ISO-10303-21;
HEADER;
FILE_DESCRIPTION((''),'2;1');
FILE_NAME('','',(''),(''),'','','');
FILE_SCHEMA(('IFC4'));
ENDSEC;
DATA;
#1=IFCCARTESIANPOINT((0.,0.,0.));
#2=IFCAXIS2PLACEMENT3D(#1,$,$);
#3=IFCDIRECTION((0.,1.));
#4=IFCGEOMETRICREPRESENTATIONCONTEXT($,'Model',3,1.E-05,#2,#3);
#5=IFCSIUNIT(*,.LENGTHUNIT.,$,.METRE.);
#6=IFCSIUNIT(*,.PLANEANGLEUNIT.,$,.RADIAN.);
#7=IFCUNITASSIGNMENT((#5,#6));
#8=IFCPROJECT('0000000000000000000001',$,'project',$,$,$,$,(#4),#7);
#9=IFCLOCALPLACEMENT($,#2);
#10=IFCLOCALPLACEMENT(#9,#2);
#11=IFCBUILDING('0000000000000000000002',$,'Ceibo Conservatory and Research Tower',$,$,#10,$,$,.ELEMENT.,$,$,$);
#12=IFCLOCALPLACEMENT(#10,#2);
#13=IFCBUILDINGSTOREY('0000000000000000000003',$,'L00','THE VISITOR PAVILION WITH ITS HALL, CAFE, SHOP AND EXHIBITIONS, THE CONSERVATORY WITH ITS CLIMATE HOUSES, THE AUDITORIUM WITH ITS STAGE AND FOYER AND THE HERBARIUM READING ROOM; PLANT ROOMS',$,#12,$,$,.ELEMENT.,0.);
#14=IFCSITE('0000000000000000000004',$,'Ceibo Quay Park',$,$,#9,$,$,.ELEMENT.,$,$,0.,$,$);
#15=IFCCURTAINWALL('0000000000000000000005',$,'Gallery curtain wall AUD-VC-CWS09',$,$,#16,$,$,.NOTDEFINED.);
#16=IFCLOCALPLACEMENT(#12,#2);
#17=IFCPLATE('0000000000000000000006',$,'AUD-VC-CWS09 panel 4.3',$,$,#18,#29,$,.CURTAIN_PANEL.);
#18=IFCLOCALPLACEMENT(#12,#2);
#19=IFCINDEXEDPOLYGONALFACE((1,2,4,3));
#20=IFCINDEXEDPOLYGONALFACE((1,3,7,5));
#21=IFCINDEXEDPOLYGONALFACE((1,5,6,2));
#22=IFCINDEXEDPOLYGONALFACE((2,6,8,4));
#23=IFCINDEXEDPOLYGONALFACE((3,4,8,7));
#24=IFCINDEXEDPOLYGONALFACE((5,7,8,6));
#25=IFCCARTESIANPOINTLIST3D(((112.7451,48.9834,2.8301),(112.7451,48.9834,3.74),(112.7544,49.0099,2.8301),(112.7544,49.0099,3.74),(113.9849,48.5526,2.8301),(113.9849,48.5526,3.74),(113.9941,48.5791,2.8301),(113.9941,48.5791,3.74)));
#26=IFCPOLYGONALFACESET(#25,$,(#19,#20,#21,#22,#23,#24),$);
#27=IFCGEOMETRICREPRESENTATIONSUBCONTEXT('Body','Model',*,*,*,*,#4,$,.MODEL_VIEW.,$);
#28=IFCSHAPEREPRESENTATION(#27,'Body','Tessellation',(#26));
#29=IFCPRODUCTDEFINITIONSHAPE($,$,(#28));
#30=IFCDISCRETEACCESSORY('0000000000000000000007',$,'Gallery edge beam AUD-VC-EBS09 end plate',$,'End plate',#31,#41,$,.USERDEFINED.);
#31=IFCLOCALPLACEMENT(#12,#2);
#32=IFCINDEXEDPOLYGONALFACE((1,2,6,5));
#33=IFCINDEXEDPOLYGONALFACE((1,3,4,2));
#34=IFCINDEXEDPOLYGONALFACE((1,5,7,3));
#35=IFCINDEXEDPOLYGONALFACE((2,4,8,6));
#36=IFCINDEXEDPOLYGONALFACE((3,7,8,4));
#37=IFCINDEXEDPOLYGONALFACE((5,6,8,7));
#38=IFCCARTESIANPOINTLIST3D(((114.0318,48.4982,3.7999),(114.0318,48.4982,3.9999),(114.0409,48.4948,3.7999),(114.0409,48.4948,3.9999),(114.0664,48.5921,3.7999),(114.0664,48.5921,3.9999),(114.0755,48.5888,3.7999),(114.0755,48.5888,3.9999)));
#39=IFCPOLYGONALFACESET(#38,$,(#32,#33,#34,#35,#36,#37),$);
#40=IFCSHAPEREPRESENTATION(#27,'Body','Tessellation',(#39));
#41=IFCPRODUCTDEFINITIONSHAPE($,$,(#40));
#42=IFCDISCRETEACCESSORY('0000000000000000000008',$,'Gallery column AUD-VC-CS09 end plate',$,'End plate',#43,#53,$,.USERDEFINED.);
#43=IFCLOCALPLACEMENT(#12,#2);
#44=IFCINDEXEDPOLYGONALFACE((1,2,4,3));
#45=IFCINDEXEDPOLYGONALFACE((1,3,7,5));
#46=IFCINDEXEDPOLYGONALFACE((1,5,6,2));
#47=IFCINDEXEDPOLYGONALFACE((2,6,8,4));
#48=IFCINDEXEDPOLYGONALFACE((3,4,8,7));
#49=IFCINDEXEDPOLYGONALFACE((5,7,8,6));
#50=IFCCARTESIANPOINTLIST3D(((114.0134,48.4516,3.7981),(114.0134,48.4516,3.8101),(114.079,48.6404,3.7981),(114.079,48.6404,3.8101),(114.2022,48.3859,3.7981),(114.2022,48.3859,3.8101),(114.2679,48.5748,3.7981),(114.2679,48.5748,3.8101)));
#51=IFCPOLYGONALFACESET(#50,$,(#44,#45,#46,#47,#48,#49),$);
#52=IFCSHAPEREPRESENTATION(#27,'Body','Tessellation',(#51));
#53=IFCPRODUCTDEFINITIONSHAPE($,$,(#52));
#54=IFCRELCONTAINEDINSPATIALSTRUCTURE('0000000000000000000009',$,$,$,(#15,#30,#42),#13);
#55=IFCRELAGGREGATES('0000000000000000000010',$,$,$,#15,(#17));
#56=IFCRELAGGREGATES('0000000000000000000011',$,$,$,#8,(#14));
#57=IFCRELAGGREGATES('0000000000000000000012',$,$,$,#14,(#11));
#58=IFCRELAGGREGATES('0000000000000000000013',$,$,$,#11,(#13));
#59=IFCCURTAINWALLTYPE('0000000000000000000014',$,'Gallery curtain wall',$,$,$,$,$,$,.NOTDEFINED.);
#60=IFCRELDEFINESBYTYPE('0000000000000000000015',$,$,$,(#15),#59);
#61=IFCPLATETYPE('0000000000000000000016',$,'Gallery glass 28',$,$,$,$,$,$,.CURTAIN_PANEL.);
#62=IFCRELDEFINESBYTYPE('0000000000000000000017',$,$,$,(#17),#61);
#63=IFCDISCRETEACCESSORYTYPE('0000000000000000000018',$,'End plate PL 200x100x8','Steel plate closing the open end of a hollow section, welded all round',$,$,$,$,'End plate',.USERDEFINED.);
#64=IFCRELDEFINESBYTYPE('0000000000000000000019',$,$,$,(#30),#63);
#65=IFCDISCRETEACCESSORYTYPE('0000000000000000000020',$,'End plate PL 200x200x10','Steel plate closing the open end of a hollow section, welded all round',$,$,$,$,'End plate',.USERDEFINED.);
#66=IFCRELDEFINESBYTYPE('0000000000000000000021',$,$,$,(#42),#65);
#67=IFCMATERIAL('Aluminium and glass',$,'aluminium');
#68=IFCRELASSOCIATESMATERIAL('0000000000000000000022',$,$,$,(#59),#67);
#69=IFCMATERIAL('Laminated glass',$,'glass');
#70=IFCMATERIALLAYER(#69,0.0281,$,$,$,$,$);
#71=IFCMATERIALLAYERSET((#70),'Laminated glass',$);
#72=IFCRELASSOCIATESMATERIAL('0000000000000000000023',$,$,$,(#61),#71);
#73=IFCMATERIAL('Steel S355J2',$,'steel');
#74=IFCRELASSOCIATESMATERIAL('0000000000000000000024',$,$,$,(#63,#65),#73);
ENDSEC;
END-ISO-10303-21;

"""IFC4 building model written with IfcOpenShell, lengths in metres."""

from ifc_helpers import new_model, si_unit, direction, frame, origin, origin_2d, place, context, subcontext, project, spatial, rectangle, extrude, material, layer, layer_set, material_profile, profile_set, type_object, element, aggregate, save


model = new_model("IFC4")

# Units and contexts
model_context = context("Model", 3, precision=1e-05, world=origin(), true_north=direction((0.0, 1.0)))
body_context = subcontext(model_context, "Body", "Model", "MODEL_VIEW")
ifc_project = project(units=[si_unit("LENGTHUNIT", "METRE"), si_unit("PLANEANGLEUNIT", "RADIAN")], contexts=[model_context])

# Site, building, storey
site_placement = place(None, origin())
site = spatial("IfcSite", under=ifc_project, at=site_placement, Name="Ceibo Quay Park", CompositionType="ELEMENT", RefElevation=0.0)
building_placement = place(site_placement, origin())
building = spatial("IfcBuilding", under=site, at=building_placement, Name="Ceibo Conservatory and Research Tower", CompositionType="ELEMENT")
storey_placement = place(building_placement, origin())
storey = spatial("IfcBuildingStorey", under=building, at=storey_placement, Name="L00", Description="THE VISITOR PAVILION WITH ITS HALL, CAFE, SHOP AND EXHIBITIONS, THE CONSERVATORY WITH ITS CLIMATE HOUSES, THE AUDITORIUM WITH ITS STAGE AND FOYER AND THE HERBARIUM READING ROOM; PLANT ROOMS", CompositionType="ELEMENT", Elevation=0.0)

# Curtain wall, plate
ifc_material_1 = material(Name="Aluminium and glass", Category="aluminium")
curtain_wall_type = type_object("IfcCurtainWallType", Name="Gallery curtain wall", PredefinedType="NOTDEFINED", material=ifc_material_1)
curtain_wall_placement = place(storey_placement, origin())
curtain_wall = element("IfcCurtainWall", 1, at=curtain_wall_placement, inside=storey, type_object=curtain_wall_type, Name="Gallery curtain wall AUD-VC-CWS09", PredefinedType="NOTDEFINED")
ifc_material_2 = material(Name="Laminated glass", Category="glass")
ifc_layer = layer(ifc_material_2, 0.0281)
ifc_layer_set = layer_set([ifc_layer], Name="Laminated glass")
plate_type = type_object("IfcPlateType", Name="Gallery glass 28", PredefinedType="CURTAIN_PANEL", material=ifc_layer_set)
plate_1_placement = place(storey_placement, frame((113.3696, 48.7812, 2.8301), z_axis=(0.0, 0.0, 1.0), x_axis=(0.944579, -0.328284, 0.0)))
plate_1 = element("IfcPlate", 2, at=plate_1_placement, type_object=plate_type, Name="AUD-VC-CWS09 panel 4.3", PredefinedType="CURTAIN_PANEL", context=body_context, shape_type="SweptSolid", body=[
    extrude(rectangle(XDim=1.3125, YDim=0.0281, at=origin_2d()), origin(), (0.0, 0.0, 1.0), 0.9099),
])
aggregate(curtain_wall, [plate_1])

# Discrete accessories
ifc_material_3 = material(Name="Steel S355J2", Category="steel")
ifc_material_profile_1 = material_profile(ifc_material_3, rectangle(XDim=0.1001, YDim=0.2, at=origin_2d()), Name="End plate PL 200x100x8")
ifc_profile_set_1 = profile_set([ifc_material_profile_1], Name="Steel S355J2")
discrete_accessory_type_1 = type_object("IfcDiscreteAccessoryType", Name="End plate PL 200x100x8", Description="Steel plate closing the open end of a hollow section, welded all round", ElementType="End plate", PredefinedType="USERDEFINED", material=ifc_profile_set_1)
discrete_accessory_1_placement = place(storey_placement, frame((114.0491, 48.5452, 3.8999), z_axis=(0.938343, -0.345705, 0.0), x_axis=(0.345705, 0.938343, 0.0)))
element("IfcDiscreteAccessory", 3, at=discrete_accessory_1_placement, inside=storey, type_object=discrete_accessory_type_1, Name="Gallery edge beam AUD-VC-EBS09 end plate", ObjectType="End plate", PredefinedType="USERDEFINED", context=body_context, shape_type="SweptSolid", body=[
    extrude(rectangle(XDim=0.1001, YDim=0.2, at=origin_2d()), origin(), (0.0, 0.0, 1.0), 0.0098),
])
ifc_material_profile_2 = material_profile(ifc_material_3, rectangle(XDim=0.2, YDim=0.2, at=origin_2d()), Name="End plate PL 200x200x10")
ifc_profile_set_2 = profile_set([ifc_material_profile_2], Name="Steel S355J2")
discrete_accessory_type_2 = type_object("IfcDiscreteAccessoryType", Name="End plate PL 200x200x10", Description="Steel plate closing the open end of a hollow section, welded all round", ElementType="End plate", PredefinedType="USERDEFINED", material=ifc_profile_set_2)
discrete_accessory_2_placement = place(storey_placement, frame((114.1406, 48.5132, 3.7981), z_axis=(0.0, 0.0, 1.0), x_axis=(0.944579, -0.328284, 0.0)))
element("IfcDiscreteAccessory", 4, at=discrete_accessory_2_placement, inside=storey, type_object=discrete_accessory_type_2, Name="Gallery column AUD-VC-CS09 end plate", ObjectType="End plate", PredefinedType="USERDEFINED", context=body_context, shape_type="SweptSolid", body=[
    extrude(rectangle(XDim=0.2, YDim=0.2, at=origin_2d()), origin(), (0.0, 0.0, 1.0), 0.012),
])

save(model, "model.ifc")
